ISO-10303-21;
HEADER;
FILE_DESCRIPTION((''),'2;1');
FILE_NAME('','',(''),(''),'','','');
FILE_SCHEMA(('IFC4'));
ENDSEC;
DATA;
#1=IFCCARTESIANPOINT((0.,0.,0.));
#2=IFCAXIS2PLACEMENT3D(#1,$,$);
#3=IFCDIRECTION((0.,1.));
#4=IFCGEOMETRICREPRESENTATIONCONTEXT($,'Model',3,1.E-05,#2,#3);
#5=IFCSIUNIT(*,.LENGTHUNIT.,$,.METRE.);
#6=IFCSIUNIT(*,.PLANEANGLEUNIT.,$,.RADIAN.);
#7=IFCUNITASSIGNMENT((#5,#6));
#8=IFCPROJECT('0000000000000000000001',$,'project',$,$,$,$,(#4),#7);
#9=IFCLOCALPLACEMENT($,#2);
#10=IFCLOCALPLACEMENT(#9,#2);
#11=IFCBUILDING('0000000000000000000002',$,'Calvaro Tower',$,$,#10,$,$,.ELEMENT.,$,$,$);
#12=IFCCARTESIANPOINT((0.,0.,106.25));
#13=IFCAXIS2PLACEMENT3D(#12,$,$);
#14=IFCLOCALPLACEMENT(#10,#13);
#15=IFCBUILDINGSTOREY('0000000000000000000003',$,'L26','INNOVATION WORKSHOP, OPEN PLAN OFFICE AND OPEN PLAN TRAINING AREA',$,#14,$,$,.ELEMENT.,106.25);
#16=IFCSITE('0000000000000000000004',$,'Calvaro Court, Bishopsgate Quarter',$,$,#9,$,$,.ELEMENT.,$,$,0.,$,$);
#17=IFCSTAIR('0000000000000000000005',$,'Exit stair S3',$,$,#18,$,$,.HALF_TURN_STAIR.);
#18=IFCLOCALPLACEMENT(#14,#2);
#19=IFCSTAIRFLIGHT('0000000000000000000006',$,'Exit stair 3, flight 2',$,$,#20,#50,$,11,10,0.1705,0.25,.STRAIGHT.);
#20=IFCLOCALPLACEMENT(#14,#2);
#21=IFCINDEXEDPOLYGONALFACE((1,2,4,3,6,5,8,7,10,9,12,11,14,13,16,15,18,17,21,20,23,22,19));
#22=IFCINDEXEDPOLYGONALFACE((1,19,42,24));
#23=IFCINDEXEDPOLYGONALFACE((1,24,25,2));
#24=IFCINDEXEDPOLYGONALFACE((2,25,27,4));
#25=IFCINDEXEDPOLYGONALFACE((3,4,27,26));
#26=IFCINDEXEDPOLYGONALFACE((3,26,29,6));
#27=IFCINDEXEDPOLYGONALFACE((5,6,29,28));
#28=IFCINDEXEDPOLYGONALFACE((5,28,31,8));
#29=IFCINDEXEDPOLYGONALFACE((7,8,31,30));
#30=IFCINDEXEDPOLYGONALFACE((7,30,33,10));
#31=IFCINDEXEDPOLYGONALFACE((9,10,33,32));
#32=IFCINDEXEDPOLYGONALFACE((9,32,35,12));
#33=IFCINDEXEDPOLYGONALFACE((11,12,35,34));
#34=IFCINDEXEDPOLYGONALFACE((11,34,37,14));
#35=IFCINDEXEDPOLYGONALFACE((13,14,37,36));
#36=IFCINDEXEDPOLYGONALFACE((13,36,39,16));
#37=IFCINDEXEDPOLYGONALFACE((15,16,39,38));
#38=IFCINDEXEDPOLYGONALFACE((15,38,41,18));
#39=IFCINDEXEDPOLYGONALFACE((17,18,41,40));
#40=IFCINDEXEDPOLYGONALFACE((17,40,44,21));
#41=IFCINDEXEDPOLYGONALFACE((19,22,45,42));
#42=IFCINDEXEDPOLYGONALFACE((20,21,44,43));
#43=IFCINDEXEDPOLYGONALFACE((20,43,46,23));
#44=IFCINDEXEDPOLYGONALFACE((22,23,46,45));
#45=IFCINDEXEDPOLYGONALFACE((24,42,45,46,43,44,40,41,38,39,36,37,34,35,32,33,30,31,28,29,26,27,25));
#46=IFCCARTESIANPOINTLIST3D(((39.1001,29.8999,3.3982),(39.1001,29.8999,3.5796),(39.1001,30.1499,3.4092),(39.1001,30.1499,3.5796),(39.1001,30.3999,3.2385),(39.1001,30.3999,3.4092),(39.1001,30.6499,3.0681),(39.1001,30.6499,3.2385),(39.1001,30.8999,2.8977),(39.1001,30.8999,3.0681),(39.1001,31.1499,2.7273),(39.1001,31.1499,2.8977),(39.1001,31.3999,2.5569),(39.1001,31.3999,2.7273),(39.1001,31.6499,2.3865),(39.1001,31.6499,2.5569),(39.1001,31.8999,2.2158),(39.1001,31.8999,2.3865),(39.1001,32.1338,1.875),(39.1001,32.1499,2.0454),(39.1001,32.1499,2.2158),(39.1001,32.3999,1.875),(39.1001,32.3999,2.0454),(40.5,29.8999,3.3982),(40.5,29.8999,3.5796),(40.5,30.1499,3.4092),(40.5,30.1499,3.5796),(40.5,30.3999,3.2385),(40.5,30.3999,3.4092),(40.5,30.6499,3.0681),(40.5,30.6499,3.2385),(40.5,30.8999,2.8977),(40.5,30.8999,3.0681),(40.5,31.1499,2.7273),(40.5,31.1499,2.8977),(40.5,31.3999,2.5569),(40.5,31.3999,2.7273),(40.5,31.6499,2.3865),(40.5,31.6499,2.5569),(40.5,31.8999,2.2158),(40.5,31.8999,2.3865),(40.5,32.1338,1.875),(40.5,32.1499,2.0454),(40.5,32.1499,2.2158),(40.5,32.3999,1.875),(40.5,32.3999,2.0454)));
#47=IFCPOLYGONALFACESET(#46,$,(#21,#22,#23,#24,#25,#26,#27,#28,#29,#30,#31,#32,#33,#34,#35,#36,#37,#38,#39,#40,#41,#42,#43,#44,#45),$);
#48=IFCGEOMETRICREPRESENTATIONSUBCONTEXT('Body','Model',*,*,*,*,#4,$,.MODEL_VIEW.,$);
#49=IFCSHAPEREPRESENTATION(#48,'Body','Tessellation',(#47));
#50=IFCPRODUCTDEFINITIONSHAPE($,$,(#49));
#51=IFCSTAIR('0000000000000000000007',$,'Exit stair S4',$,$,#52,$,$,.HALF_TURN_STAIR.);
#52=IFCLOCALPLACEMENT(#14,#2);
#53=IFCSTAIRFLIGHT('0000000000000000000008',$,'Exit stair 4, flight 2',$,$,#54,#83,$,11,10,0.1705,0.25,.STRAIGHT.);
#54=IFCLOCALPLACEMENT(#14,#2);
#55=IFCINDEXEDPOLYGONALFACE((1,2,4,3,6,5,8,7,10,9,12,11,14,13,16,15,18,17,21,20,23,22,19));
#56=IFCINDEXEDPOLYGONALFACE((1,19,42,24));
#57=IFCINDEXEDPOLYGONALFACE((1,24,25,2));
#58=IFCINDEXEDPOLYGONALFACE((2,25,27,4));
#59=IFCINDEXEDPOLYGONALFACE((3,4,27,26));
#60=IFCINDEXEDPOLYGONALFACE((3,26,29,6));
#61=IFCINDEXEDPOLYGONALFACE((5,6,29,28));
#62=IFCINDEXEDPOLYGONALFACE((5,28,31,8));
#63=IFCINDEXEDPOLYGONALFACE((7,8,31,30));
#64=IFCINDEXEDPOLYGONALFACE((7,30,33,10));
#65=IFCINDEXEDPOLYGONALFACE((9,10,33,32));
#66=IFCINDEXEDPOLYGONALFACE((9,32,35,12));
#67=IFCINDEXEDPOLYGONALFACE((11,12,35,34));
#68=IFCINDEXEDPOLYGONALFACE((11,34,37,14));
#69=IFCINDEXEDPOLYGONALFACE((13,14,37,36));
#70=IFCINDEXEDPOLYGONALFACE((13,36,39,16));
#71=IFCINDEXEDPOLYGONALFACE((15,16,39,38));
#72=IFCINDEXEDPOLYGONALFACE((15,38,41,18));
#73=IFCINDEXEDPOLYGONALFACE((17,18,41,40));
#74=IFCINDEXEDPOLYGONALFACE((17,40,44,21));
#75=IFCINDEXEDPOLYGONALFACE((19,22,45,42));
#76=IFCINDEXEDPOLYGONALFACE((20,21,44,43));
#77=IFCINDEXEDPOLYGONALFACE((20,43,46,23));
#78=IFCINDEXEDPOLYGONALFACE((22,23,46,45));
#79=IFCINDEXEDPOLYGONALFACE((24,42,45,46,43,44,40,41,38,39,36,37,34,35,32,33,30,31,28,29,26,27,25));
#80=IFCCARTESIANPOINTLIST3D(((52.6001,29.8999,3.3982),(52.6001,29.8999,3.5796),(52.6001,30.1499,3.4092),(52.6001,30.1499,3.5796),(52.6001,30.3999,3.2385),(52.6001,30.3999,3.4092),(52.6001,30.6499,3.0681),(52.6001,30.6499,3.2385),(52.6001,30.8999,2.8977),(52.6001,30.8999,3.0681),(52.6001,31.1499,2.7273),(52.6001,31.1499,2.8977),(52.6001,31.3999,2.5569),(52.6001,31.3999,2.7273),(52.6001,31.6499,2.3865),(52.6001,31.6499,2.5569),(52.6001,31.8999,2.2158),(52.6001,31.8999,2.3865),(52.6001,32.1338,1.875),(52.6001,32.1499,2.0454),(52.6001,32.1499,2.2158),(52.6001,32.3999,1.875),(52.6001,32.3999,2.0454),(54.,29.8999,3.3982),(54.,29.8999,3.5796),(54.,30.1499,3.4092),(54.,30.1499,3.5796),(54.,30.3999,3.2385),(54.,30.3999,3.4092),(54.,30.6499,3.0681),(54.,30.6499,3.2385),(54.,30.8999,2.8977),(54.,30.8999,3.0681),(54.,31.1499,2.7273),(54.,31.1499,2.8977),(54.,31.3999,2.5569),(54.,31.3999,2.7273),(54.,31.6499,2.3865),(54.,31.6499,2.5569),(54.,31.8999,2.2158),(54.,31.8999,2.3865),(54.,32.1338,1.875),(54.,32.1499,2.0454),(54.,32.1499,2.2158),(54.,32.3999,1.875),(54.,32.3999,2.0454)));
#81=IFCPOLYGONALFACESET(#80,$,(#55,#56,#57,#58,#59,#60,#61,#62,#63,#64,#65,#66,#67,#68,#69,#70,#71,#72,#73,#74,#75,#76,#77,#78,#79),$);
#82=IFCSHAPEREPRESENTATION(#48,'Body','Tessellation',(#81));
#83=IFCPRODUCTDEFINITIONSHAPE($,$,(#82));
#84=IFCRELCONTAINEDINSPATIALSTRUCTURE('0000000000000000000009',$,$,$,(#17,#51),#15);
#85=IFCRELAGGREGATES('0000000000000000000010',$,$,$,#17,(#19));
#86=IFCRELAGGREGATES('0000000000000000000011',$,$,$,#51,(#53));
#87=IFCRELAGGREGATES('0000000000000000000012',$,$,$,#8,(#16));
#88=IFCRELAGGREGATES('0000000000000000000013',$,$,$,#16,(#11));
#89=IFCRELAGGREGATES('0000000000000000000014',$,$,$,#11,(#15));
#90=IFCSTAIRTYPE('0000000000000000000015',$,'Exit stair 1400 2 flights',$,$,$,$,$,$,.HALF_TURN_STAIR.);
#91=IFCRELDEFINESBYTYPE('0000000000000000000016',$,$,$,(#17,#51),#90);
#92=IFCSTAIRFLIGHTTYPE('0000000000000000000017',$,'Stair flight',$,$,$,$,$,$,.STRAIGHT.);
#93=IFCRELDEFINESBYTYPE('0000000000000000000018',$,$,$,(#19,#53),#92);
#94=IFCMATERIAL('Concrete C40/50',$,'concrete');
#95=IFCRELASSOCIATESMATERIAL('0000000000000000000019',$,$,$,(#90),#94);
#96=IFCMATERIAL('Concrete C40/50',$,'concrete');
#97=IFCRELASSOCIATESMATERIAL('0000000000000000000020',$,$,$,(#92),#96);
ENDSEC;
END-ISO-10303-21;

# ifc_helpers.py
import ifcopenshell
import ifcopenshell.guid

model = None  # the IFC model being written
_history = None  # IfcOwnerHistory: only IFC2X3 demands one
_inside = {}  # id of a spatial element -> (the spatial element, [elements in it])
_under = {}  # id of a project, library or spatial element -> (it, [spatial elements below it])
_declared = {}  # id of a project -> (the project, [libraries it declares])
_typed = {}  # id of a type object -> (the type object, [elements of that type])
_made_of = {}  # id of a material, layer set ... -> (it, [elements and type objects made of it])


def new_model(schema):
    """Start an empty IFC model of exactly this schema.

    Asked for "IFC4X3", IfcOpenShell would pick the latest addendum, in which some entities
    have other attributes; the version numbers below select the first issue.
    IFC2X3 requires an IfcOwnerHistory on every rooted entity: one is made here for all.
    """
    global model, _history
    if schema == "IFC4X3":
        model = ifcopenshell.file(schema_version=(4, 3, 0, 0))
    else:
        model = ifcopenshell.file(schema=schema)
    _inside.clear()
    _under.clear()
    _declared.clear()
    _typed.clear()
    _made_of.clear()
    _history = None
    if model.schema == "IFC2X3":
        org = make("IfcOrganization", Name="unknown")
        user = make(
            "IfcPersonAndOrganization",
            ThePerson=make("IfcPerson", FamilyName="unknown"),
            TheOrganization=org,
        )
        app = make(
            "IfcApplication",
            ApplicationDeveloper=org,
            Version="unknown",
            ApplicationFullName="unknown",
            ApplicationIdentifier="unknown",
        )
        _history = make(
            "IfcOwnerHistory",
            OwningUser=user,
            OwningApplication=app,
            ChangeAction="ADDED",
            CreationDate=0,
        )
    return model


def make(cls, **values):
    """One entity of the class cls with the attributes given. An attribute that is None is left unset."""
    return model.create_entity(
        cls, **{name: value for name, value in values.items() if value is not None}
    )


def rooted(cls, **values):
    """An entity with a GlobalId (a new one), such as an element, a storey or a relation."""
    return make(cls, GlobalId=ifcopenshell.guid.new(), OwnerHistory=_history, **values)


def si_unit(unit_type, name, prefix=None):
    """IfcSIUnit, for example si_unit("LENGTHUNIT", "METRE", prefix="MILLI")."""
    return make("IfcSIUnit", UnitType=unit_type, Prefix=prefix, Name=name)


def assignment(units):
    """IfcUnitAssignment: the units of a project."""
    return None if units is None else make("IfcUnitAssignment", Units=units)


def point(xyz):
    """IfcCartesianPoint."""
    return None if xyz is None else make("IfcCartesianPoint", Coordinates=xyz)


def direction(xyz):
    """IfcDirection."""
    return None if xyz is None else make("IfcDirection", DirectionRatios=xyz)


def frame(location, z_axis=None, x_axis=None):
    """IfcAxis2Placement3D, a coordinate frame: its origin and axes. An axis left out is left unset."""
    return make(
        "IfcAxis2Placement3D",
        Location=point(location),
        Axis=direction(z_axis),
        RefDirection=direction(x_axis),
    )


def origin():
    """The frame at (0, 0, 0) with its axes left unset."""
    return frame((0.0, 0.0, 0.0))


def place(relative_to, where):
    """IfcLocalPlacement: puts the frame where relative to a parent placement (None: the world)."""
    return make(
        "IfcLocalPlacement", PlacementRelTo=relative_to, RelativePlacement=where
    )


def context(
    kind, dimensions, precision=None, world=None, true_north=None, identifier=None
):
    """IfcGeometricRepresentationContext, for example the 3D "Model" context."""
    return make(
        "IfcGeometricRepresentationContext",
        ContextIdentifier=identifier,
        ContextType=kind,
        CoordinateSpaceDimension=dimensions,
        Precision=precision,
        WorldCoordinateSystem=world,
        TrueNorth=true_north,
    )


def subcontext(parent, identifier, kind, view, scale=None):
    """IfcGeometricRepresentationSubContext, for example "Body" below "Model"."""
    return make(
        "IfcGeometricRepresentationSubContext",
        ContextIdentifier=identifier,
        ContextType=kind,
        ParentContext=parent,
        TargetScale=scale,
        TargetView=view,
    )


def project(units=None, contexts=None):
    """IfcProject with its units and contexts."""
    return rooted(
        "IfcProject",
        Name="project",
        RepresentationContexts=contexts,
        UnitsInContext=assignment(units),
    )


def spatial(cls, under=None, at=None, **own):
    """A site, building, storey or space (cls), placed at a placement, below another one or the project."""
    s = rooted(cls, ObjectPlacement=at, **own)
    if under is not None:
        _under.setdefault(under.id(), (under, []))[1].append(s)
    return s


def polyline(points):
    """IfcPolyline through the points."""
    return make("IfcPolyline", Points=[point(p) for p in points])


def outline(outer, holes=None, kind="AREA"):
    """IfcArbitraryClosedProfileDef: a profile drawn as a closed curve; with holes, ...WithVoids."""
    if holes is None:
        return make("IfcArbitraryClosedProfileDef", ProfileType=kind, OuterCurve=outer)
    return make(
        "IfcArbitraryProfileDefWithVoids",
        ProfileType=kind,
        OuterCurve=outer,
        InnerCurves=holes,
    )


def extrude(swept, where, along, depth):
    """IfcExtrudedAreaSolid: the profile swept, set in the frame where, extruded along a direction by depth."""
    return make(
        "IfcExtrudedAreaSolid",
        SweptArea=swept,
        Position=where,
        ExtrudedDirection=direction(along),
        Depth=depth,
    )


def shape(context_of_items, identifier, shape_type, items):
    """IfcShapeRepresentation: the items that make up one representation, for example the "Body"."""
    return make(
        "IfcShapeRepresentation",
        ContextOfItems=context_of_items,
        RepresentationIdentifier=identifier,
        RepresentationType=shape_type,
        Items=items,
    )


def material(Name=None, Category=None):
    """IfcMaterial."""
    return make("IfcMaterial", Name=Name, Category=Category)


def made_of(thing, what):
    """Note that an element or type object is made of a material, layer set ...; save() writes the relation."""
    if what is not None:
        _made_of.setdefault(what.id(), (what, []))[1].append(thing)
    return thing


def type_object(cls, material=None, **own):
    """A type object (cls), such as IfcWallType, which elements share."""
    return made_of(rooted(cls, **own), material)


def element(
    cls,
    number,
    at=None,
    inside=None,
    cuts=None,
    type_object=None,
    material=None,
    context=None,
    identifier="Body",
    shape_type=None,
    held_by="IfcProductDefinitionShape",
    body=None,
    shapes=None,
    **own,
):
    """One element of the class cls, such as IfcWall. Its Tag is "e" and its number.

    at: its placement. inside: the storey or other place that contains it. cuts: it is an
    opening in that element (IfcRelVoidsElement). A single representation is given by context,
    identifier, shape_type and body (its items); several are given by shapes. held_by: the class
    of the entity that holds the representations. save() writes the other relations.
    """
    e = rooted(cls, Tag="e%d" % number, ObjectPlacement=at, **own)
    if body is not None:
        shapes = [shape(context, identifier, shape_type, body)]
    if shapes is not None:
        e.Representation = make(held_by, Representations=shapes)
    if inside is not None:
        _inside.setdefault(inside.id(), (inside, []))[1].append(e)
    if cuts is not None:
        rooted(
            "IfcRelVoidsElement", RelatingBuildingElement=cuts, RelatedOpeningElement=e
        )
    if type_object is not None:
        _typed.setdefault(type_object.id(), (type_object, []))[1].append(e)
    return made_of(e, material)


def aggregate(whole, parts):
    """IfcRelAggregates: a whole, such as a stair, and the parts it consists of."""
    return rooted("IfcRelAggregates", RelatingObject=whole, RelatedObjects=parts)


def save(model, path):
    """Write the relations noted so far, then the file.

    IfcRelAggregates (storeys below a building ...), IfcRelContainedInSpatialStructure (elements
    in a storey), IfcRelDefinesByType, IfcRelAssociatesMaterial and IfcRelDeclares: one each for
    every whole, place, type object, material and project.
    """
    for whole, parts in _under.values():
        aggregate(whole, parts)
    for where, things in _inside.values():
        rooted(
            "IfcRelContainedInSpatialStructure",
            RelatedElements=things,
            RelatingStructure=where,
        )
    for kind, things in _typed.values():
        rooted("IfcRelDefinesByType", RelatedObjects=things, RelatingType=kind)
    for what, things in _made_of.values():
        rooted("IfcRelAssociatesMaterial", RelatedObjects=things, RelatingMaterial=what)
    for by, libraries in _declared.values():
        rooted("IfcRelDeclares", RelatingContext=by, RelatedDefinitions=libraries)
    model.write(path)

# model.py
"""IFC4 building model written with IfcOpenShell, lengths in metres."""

from ifc_helpers import new_model, si_unit, direction, frame, origin, place, context, subcontext, project, spatial, polyline, outline, extrude, material, type_object, element, aggregate, save


model = new_model("IFC4")

# Units and contexts
model_context = context("Model", 3, precision=1e-05, world=origin(), true_north=direction((0.0, 1.0)))
body_context = subcontext(model_context, "Body", "Model", "MODEL_VIEW")
ifc_project = project(units=[si_unit("LENGTHUNIT", "METRE"), si_unit("PLANEANGLEUNIT", "RADIAN")], contexts=[model_context])

# Site, building, storey
site_placement = place(None, origin())
site = spatial("IfcSite", under=ifc_project, at=site_placement, Name="Calvaro Court, Bishopsgate Quarter", CompositionType="ELEMENT", RefElevation=0.0)
building_placement = place(site_placement, origin())
building = spatial("IfcBuilding", under=site, at=building_placement, Name="Calvaro Tower", CompositionType="ELEMENT")
storey_placement = place(building_placement, frame((0.0, 0.0, 106.25)))
storey = spatial("IfcBuildingStorey", under=building, at=storey_placement, Name="L26", Description="INNOVATION WORKSHOP, OPEN PLAN OFFICE AND OPEN PLAN TRAINING AREA", CompositionType="ELEMENT", Elevation=106.25)

# Stairs, stair flights
ifc_material_1 = material(Name="Concrete C40/50", Category="concrete")
stair_type = type_object("IfcStairType", Name="Exit stair 1400 2 flights", PredefinedType="HALF_TURN_STAIR", material=ifc_material_1)
stair_1_placement = place(storey_placement, origin())
stair_1 = element("IfcStair", 1, at=stair_1_placement, inside=storey, type_object=stair_type, Name="Exit stair S3", PredefinedType="HALF_TURN_STAIR")
ifc_material_2 = material(Name="Concrete C40/50", Category="concrete")
stair_flight_type = type_object("IfcStairFlightType", Name="Stair flight", PredefinedType="STRAIGHT", material=ifc_material_2)
stair_flight_1_placement = place(storey_placement, frame((39.8, 32.3999, 1.875), z_axis=(0.0, 0.0, 1.0), x_axis=(0.0, -1.0, 0.0)))
stair_flight_1 = element("IfcStairFlight", 2, at=stair_flight_1_placement, type_object=stair_flight_type, Name="Exit stair 3, flight 2", NumberOfRisers=11, NumberOfTreads=10, PredefinedType="STRAIGHT", RiserHeight=0.1705, TreadLength=0.25, context=body_context, shape_type="SweptSolid", body=[
    extrude(outline(polyline([(0.0, 0.0), (0.0, 0.1704), (0.25, 0.1704), (0.25, 0.3408), (0.5, 0.3408), (0.5, 0.5115), (0.75, 0.5115), (0.75, 0.6819), (1.0, 0.6819), (1.0, 0.8523), (1.25, 0.8523), (1.25, 1.0227), (1.5, 1.0227), (1.5, 1.1931), (1.75, 1.1931), (1.75, 1.3635), (2.0, 1.3635), (2.0, 1.5342), (2.25, 1.5342), (2.25, 1.7046), (2.5, 1.7046), (2.5, 1.875), (2.5, 1.5232), (0.2661, 0.0), (0.0, 0.0)])), frame((0.0, 0.7, 0.0), z_axis=(0.0, -1.0, 0.0), x_axis=(1.0, 0.0, 0.0)), (0.0, 0.0, 1.0), 1.3999),
])
stair_2_placement = place(storey_placement, origin())
stair_2 = element("IfcStair", 3, at=stair_2_placement, inside=storey, type_object=stair_type, Name="Exit stair S4", PredefinedType="HALF_TURN_STAIR")
stair_flight_2_placement = place(storey_placement, frame((53.3, 32.3999, 1.875), z_axis=(0.0, 0.0, 1.0), x_axis=(0.0, -1.0, 0.0)))
stair_flight_2 = element("IfcStairFlight", 4, at=stair_flight_2_placement, type_object=stair_flight_type, Name="Exit stair 4, flight 2", NumberOfRisers=11, NumberOfTreads=10, PredefinedType="STRAIGHT", RiserHeight=0.1705, TreadLength=0.25, context=body_context, shape_type="SweptSolid", body=[
    extrude(outline(polyline([(0.0, 0.0), (0.0, 0.1704), (0.25, 0.1704), (0.25, 0.3408), (0.5, 0.3408), (0.5, 0.5115), (0.75, 0.5115), (0.75, 0.6819), (1.0, 0.6819), (1.0, 0.8523), (1.25, 0.8523), (1.25, 1.0227), (1.5, 1.0227), (1.5, 1.1931), (1.75, 1.1931), (1.75, 1.3635), (2.0, 1.3635), (2.0, 1.5342), (2.25, 1.5342), (2.25, 1.7046), (2.5, 1.7046), (2.5, 1.875), (2.5, 1.5232), (0.2661, 0.0), (0.0, 0.0)])), frame((0.0, 0.7, 0.0), z_axis=(0.0, -1.0, 0.0), x_axis=(1.0, 0.0, 0.0)), (0.0, 0.0, 1.0), 1.3999),
])

aggregate(stair_1, [stair_flight_1])
aggregate(stair_2, [stair_flight_2])

save(model, "model.ifc")
